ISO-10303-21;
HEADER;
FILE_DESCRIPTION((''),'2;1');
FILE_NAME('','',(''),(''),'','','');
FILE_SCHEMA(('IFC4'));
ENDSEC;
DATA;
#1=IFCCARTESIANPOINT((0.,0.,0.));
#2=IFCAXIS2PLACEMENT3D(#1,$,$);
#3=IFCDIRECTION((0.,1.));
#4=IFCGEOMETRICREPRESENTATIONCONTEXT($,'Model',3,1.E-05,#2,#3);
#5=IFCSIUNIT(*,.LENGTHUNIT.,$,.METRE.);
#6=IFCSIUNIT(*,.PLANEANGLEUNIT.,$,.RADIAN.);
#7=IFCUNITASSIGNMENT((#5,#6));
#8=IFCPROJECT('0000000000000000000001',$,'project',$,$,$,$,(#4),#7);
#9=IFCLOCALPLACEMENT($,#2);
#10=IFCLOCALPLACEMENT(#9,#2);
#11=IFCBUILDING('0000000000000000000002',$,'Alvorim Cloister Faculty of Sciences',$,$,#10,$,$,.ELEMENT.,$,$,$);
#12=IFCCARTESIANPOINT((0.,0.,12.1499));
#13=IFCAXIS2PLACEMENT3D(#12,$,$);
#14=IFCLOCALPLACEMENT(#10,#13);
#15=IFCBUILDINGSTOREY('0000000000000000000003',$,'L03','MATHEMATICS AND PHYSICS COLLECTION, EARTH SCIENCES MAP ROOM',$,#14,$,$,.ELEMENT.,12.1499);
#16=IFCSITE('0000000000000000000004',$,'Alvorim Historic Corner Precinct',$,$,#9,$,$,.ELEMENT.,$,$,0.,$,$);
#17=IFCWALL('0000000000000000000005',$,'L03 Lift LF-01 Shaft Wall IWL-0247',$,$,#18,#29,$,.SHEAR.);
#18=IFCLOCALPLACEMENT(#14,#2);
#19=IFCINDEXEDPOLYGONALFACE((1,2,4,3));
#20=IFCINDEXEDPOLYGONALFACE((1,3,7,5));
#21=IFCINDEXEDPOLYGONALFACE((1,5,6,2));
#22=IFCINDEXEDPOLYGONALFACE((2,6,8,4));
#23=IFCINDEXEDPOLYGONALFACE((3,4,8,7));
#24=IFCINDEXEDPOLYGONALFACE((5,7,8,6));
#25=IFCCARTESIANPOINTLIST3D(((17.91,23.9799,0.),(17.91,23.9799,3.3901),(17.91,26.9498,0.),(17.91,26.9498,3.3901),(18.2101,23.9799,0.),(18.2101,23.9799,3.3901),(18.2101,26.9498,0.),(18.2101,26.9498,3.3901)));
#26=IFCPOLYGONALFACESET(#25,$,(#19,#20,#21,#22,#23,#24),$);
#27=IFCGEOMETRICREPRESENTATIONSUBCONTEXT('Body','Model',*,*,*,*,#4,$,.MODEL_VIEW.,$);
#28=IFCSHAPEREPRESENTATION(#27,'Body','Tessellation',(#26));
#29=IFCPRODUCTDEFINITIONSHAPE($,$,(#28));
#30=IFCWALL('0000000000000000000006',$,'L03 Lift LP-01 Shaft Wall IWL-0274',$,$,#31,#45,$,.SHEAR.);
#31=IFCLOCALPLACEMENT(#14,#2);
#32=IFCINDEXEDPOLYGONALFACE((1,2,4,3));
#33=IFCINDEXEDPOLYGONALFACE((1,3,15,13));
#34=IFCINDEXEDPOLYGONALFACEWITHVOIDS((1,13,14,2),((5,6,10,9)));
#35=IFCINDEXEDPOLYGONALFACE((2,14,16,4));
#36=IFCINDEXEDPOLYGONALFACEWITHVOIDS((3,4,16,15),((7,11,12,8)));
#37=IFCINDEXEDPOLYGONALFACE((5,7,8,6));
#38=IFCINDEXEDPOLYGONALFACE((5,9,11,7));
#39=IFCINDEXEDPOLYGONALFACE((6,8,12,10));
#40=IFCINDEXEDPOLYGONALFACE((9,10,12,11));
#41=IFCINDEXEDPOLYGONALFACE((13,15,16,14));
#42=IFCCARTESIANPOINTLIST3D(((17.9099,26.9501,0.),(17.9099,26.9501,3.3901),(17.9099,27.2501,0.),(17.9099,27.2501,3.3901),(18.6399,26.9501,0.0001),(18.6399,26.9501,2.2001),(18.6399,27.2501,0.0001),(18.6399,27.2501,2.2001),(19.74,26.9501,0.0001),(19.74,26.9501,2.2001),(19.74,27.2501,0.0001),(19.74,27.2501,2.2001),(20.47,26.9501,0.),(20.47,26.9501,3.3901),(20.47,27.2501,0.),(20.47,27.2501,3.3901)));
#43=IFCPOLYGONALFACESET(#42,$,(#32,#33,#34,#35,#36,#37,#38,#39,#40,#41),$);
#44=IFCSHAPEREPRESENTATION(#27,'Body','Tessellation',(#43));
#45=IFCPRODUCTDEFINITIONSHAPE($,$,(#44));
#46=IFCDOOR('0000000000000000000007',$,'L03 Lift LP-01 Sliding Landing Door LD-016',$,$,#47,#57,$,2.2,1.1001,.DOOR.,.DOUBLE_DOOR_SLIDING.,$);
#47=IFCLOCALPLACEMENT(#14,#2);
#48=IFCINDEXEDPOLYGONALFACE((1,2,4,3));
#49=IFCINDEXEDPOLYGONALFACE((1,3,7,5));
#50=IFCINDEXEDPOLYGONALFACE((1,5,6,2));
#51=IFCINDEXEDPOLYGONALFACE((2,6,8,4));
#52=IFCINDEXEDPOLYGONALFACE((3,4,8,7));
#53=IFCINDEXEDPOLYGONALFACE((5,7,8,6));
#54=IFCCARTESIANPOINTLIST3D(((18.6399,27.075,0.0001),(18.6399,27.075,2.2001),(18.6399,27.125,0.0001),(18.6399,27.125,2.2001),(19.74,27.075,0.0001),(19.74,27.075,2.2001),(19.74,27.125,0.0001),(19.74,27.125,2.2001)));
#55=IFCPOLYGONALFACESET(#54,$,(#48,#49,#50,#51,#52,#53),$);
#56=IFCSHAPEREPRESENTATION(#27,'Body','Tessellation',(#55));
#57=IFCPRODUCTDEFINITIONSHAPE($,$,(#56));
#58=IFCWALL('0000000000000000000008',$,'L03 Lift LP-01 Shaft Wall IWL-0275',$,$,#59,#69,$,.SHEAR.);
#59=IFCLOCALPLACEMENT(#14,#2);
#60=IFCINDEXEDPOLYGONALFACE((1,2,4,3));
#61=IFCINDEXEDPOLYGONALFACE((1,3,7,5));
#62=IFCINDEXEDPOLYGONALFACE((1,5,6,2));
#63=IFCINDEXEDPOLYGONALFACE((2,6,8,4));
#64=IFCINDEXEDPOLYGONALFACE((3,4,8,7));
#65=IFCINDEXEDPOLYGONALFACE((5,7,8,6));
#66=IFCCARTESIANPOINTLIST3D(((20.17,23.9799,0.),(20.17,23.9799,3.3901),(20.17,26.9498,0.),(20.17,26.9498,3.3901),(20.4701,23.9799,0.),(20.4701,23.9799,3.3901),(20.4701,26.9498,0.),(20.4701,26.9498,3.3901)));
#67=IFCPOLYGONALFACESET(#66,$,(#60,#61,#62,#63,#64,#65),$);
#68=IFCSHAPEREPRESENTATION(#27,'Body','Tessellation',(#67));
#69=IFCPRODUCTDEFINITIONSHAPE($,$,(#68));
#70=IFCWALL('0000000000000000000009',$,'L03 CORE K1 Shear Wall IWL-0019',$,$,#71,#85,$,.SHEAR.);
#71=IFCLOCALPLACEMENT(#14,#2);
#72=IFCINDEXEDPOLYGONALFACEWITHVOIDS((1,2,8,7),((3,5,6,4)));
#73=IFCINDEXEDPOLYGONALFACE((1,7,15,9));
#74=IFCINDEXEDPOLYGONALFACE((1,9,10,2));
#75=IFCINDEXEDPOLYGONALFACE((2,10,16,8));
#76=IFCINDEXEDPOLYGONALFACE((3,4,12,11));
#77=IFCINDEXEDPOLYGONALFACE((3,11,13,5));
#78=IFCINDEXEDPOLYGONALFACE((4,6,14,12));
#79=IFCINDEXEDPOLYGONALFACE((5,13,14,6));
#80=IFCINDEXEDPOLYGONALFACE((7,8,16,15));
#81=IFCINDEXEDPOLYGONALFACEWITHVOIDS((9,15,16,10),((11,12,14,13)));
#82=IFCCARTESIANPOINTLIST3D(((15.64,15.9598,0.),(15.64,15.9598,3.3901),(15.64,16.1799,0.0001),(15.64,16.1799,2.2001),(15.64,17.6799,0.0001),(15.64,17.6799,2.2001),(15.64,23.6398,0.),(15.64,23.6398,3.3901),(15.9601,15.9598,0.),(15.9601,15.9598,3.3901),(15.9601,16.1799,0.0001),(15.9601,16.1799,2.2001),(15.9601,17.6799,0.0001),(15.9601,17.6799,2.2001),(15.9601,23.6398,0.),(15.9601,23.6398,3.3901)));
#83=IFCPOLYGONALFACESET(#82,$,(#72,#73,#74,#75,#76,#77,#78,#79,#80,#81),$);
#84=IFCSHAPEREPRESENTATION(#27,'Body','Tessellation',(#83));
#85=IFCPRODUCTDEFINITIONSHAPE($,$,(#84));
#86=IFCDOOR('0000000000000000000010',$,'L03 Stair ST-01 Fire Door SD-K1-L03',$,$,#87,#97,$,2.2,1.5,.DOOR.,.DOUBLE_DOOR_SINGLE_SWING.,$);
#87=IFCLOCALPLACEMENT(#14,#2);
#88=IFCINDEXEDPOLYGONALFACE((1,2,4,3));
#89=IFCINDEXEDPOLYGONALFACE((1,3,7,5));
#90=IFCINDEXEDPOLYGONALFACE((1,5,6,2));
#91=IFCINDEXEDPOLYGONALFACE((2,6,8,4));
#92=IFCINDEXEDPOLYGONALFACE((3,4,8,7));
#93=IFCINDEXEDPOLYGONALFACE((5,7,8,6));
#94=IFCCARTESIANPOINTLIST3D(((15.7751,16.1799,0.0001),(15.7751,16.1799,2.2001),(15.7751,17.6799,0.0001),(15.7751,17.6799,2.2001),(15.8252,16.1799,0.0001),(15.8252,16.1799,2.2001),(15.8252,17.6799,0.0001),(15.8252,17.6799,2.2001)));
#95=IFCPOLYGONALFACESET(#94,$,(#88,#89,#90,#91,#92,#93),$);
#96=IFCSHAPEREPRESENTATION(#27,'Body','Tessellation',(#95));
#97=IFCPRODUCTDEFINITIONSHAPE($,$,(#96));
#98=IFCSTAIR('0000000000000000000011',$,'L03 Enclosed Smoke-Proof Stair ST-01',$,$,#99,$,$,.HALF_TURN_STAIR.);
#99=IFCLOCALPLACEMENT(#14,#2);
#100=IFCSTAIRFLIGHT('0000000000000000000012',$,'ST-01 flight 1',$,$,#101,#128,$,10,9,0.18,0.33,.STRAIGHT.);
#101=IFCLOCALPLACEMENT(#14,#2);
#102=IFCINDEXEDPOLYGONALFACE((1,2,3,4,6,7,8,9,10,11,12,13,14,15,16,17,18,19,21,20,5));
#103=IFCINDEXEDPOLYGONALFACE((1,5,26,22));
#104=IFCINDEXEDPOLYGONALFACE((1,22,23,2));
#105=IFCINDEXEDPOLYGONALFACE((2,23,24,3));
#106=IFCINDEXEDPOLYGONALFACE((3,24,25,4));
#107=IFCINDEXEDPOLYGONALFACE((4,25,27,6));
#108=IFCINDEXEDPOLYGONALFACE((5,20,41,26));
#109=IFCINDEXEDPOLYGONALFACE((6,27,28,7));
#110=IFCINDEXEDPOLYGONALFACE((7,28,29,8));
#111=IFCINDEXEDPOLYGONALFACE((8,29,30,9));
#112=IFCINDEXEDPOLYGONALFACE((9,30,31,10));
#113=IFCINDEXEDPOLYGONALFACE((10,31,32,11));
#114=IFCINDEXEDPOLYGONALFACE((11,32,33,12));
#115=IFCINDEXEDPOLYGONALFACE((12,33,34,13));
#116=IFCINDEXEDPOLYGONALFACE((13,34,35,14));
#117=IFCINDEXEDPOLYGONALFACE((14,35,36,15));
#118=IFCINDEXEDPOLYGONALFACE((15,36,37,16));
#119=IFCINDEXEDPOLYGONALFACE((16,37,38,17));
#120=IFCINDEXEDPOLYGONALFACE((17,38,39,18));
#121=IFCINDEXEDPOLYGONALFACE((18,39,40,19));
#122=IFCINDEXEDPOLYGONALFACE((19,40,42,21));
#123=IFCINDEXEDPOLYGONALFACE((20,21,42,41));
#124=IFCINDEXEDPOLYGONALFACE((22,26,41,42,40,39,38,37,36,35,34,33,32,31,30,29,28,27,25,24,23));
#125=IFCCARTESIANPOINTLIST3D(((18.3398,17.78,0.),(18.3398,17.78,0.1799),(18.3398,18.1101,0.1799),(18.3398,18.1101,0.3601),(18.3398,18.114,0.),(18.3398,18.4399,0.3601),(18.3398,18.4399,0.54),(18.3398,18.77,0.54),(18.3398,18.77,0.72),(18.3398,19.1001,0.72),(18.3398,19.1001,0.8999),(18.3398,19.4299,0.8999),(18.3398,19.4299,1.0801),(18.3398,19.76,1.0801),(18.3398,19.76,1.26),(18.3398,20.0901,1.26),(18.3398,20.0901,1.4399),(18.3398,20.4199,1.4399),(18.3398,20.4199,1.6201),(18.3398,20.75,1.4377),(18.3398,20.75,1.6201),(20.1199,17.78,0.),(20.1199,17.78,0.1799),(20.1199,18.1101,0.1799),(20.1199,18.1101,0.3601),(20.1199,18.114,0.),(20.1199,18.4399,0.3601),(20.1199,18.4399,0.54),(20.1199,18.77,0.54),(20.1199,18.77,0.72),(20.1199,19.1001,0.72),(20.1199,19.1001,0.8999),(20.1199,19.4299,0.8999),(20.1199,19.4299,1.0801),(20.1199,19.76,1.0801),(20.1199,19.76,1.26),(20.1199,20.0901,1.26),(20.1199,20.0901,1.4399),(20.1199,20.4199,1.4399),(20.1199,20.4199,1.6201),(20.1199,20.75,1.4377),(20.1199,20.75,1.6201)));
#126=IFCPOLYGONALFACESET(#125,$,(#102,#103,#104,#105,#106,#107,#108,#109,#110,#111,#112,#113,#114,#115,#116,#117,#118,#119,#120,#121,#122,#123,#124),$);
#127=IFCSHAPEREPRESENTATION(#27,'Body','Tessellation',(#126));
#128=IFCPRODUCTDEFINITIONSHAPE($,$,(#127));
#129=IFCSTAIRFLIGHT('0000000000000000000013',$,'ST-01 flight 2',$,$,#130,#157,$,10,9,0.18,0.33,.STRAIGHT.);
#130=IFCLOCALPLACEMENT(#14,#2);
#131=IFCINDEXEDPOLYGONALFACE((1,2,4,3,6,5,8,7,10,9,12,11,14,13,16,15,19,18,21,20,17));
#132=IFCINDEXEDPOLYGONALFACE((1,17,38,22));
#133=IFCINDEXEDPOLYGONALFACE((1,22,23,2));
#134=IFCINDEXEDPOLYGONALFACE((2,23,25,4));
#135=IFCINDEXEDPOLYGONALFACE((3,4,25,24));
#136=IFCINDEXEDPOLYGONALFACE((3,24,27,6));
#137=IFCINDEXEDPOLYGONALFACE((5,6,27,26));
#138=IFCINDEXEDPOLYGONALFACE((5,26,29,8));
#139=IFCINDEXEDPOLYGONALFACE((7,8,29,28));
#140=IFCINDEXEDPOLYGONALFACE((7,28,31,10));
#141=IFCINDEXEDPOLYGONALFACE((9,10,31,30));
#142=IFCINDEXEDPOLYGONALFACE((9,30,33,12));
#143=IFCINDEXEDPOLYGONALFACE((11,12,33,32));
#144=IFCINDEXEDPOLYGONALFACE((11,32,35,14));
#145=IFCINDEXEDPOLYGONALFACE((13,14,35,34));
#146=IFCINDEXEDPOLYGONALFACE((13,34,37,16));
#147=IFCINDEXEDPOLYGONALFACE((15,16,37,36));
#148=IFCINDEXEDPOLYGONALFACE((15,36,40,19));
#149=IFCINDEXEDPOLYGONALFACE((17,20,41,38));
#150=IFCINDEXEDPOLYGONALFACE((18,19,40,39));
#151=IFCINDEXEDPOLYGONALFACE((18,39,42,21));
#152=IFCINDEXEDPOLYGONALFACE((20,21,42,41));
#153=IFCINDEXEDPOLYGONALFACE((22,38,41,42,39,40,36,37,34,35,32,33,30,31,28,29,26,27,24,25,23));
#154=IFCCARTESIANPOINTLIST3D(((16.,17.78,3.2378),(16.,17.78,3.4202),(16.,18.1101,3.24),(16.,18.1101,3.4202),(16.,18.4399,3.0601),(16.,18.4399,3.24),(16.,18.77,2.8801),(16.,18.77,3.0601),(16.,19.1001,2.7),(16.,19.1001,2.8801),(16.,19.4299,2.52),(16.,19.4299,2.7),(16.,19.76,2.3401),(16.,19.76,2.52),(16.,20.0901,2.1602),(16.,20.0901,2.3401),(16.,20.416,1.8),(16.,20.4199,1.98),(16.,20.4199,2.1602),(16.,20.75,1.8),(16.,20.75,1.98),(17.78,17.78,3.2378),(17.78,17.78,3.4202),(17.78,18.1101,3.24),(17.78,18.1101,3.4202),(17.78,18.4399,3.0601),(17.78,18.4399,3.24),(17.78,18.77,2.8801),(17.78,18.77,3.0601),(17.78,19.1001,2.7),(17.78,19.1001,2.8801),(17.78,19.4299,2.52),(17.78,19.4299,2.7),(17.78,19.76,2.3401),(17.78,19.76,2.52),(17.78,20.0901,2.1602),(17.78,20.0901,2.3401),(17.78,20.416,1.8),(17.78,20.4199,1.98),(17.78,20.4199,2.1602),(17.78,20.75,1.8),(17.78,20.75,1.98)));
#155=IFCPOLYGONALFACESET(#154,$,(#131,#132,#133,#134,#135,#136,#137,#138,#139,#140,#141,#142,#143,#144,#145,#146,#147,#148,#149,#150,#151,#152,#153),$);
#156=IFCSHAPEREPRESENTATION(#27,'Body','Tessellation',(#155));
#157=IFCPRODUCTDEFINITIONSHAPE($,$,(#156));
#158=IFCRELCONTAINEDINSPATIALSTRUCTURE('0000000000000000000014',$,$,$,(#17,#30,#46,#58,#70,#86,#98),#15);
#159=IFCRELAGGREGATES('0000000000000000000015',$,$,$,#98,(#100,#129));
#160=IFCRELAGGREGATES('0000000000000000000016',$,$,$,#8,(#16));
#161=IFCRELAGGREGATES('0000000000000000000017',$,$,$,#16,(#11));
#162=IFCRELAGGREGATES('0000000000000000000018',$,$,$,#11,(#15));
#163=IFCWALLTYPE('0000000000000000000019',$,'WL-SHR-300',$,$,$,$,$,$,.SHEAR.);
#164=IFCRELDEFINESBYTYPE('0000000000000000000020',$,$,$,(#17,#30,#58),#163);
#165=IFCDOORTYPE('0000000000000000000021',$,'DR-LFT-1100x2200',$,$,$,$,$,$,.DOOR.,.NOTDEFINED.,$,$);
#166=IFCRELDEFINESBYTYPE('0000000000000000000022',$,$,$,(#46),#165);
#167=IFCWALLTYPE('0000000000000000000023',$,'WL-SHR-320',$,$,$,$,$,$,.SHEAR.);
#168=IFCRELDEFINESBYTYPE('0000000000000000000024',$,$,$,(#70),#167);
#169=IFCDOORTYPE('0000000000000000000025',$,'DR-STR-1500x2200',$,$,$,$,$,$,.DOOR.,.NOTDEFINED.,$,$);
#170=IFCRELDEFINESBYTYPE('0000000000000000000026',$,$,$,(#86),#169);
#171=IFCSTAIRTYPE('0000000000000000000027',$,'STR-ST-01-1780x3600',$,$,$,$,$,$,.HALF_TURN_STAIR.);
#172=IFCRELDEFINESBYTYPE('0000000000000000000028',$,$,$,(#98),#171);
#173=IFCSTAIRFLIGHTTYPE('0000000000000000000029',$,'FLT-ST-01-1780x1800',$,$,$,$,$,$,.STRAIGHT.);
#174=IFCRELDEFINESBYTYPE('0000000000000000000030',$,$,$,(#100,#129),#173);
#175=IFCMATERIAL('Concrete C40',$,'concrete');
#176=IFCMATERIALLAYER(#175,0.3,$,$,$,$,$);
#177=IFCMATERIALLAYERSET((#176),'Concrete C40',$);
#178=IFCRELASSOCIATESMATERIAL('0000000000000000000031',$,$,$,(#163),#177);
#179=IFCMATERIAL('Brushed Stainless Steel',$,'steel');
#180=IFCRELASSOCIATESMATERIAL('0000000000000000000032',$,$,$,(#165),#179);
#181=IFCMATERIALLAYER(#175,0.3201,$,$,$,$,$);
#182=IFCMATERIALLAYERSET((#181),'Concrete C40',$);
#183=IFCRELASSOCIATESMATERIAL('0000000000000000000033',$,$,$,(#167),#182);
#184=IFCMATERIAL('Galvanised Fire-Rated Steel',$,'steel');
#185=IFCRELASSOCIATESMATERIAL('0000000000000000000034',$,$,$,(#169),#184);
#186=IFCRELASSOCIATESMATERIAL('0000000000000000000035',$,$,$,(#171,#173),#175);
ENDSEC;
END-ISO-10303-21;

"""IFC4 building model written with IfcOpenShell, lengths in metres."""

from ifc_helpers import new_model, si_unit, direction, frame, frame_2d, origin, place, context, subcontext, project, spatial, polyline, rectangle, outline, extrude, material, layer, layer_set, type_object, element, fill, aggregate, save


model = new_model("IFC4")

# Units and contexts
model_context = context("Model", 3, precision=1e-05, world=origin(), true_north=direction((0.0, 1.0)))
body_context = subcontext(model_context, "Body", "Model", "MODEL_VIEW")
ifc_project = project(units=[si_unit("LENGTHUNIT", "METRE"), si_unit("PLANEANGLEUNIT", "RADIAN")], contexts=[model_context])

# Site, building, storey
site_placement = place(None, origin())
site = spatial("IfcSite", under=ifc_project, at=site_placement, Name="Alvorim Historic Corner Precinct", CompositionType="ELEMENT", RefElevation=0.0)
building_placement = place(site_placement, origin())
building = spatial("IfcBuilding", under=site, at=building_placement, Name="Alvorim Cloister Faculty of Sciences", CompositionType="ELEMENT")
storey_placement = place(building_placement, frame((0.0, 0.0, 12.1499)))
storey = spatial("IfcBuildingStorey", under=building, at=storey_placement, Name="L03", Description="MATHEMATICS AND PHYSICS COLLECTION, EARTH SCIENCES MAP ROOM", CompositionType="ELEMENT", Elevation=12.1499)

# Shared definitions
ifc_material_1 = material(Name="Concrete C40", Category="concrete")
ifc_layer_1 = layer(ifc_material_1, 0.3)
ifc_layer_set_1 = layer_set([ifc_layer_1], Name="Concrete C40")
wall_type_1 = type_object("IfcWallType", Name="WL-SHR-300", PredefinedType="SHEAR", material=ifc_layer_set_1)
ifc_material_2 = material(Name="Brushed Stainless Steel", Category="steel")

# Wall
wall_1_placement = place(storey_placement, frame((18.0601, 23.98, 0.0), z_axis=(0.0, 0.0, 1.0), x_axis=(0.0, 1.0, 0.0)))
element("IfcWall", 1, at=wall_1_placement, inside=storey, type_object=wall_type_1, Name="L03 Lift LF-01 Shaft Wall IWL-0247", PredefinedType="SHEAR", context=body_context, shape_type="SweptSolid", body=[
    extrude(rectangle(XDim=2.97, YDim=0.3, at=frame_2d((1.4849, 0.0))), origin(), (0.0, 0.0, 1.0), 3.3901),
])

# Wall, opening, door
wall_2_placement = place(storey_placement, frame((17.9099, 27.1001, 0.0), z_axis=(0.0, 0.0, 1.0), x_axis=(1.0, 0.0, 0.0)))
wall_2 = element("IfcWall", 2, at=wall_2_placement, inside=storey, type_object=wall_type_1, Name="L03 Lift LP-01 Shaft Wall IWL-0274", PredefinedType="SHEAR", context=body_context, shape_type="SweptSolid", body=[
    extrude(rectangle(XDim=2.5601, YDim=0.3, at=frame_2d((1.28, 0.0))), origin(), (0.0, 0.0, 1.0), 3.3901),
])
opening_1_placement = place(wall_2_placement, frame((0.73, 0.0, 0.0)))
opening_1 = element("IfcOpeningElement", 3, at=opening_1_placement, cuts=wall_2, PredefinedType="OPENING", context=body_context, shape_type="SweptSolid", body=[
    extrude(rectangle(XDim=1.1001, YDim=2.2, at=frame_2d((0.55, 1.1001))), frame((0.0, 0.1621, 0.0), z_axis=(0.0, -1.0, 0.0), x_axis=(1.0, 0.0, 0.0)), (0.0, 0.0, 1.0), 0.324),
])
door_type_1 = type_object("IfcDoorType", Name="DR-LFT-1100x2200", OperationType="NOTDEFINED", PredefinedType="DOOR", material=ifc_material_2)
door_1_placement = place(opening_1_placement, origin())
door_1 = element("IfcDoor", 4, at=door_1_placement, inside=storey, type_object=door_type_1, Name="L03 Lift LP-01 Sliding Landing Door LD-016", OperationType="DOUBLE_DOOR_SLIDING", OverallHeight=2.2, OverallWidth=1.1001, PredefinedType="DOOR", context=body_context, shape_type="SweptSolid", body=[
    extrude(rectangle(XDim=1.1001, YDim=2.2, at=frame_2d((0.55, 1.1001))), frame((0.0, 0.0249, 0.0), z_axis=(0.0, -1.0, 0.0), x_axis=(1.0, 0.0, 0.0)), (0.0, 0.0, 1.0), 0.05),
])
fill(opening_1, door_1)

# Wall
wall_3_placement = place(storey_placement, frame((20.3201, 23.98, 0.0), z_axis=(0.0, 0.0, 1.0), x_axis=(0.0, 1.0, 0.0)))
element("IfcWall", 5, at=wall_3_placement, inside=storey, type_object=wall_type_1, Name="L03 Lift LP-01 Shaft Wall IWL-0275", PredefinedType="SHEAR", context=body_context, shape_type="SweptSolid", body=[
    extrude(rectangle(XDim=2.97, YDim=0.3, at=frame_2d((1.4849, 0.0))), origin(), (0.0, 0.0, 1.0), 3.3901),
])

# Wall, opening, door
ifc_layer_2 = layer(ifc_material_1, 0.3201)
ifc_layer_set_2 = layer_set([ifc_layer_2], Name="Concrete C40")
wall_type_2 = type_object("IfcWallType", Name="WL-SHR-320", PredefinedType="SHEAR", material=ifc_layer_set_2)
wall_4_placement = place(storey_placement, frame((15.8, 15.96, 0.0), z_axis=(0.0, 0.0, 1.0), x_axis=(0.0, 1.0, 0.0)))
wall_4 = element("IfcWall", 6, at=wall_4_placement, inside=storey, type_object=wall_type_2, Name="L03 CORE K1 Shear Wall IWL-0019", PredefinedType="SHEAR", context=body_context, shape_type="SweptSolid", body=[
    extrude(rectangle(XDim=7.6799, YDim=0.3201, at=frame_2d((3.8398, 0.0))), origin(), (0.0, 0.0, 1.0), 3.3901),
])
opening_2_placement = place(wall_4_placement, frame((0.22, 0.0, 0.0)))
opening_2 = element("IfcOpeningElement", 7, at=opening_2_placement, cuts=wall_4, PredefinedType="OPENING", context=body_context, shape_type="SweptSolid", body=[
    extrude(rectangle(XDim=1.5, YDim=2.2, at=frame_2d((0.75, 1.1001))), frame((0.0, 0.1719, 0.0), z_axis=(0.0, -1.0, 0.0), x_axis=(1.0, 0.0, 0.0)), (0.0, 0.0, 1.0), 0.344),
])
ifc_material_3 = material(Name="Galvanised Fire-Rated Steel", Category="steel")
door_type_2 = type_object("IfcDoorType", Name="DR-STR-1500x2200", OperationType="NOTDEFINED", PredefinedType="DOOR", material=ifc_material_3)
door_2_placement = place(opening_2_placement, origin())
door_2 = element("IfcDoor", 8, at=door_2_placement, inside=storey, type_object=door_type_2, Name="L03 Stair ST-01 Fire Door SD-K1-L03", OperationType="DOUBLE_DOOR_SINGLE_SWING", OverallHeight=2.2, OverallWidth=1.5, PredefinedType="DOOR", context=body_context, shape_type="SweptSolid", body=[
    extrude(rectangle(XDim=1.5, YDim=2.2, at=frame_2d((0.75, 1.1001))), frame((0.0, 0.0249, 0.0), z_axis=(0.0, -1.0, 0.0), x_axis=(1.0, 0.0, 0.0)), (0.0, 0.0, 1.0), 0.05),
])
fill(opening_2, door_2)

# Stair, stair flights
stair_type = type_object("IfcStairType", Name="STR-ST-01-1780x3600", PredefinedType="HALF_TURN_STAIR", material=ifc_material_1)
stair_placement = place(storey_placement, origin())
stair = element("IfcStair", 9, at=stair_placement, inside=storey, type_object=stair_type, Name="L03 Enclosed Smoke-Proof Stair ST-01", PredefinedType="HALF_TURN_STAIR")
stair_flight_type = type_object("IfcStairFlightType", Name="FLT-ST-01-1780x1800", PredefinedType="STRAIGHT", material=ifc_material_1)
stair_flight_1_placement = place(storey_placement, frame((19.23, 17.78, 0.0), z_axis=(0.0, 0.0, 1.0), x_axis=(0.0, 1.0, 0.0)))
stair_flight_1 = element("IfcStairFlight", 10, at=stair_flight_1_placement, type_object=stair_flight_type, Name="ST-01 flight 1", NumberOfRisers=10, NumberOfTreads=9, PredefinedType="STRAIGHT", RiserHeight=0.18, TreadLength=0.33, context=body_context, shape_type="SweptSolid", body=[
    extrude(outline(polyline([(0.334, 0.0), (2.97, 1.4377), (2.97, 1.8), (2.97, 1.6201), (2.6399, 1.6201), (2.6399, 1.4399), (2.3101, 1.4399), (2.3101, 1.26), (1.98, 1.26), (1.98, 1.0801), (1.6499, 1.0801), (1.6499, 0.8999), (1.3201, 0.8999), (1.3201, 0.72), (0.99, 0.72), (0.99, 0.54), (0.6599, 0.54), (0.6599, 0.3601), (0.3301, 0.3601), (0.3301, 0.1799), (0.0, 0.1799), (0.0, 0.0), (0.334, 0.0)])), frame((0.0, 0.8901, 0.0), z_axis=(0.0, -1.0, 0.0), x_axis=(1.0, 0.0, 0.0)), (0.0, 0.0, 1.0), 1.78),
])
stair_flight_2_placement = place(storey_placement, frame((16.8899, 20.75, 1.8), z_axis=(0.0, 0.0, 1.0), x_axis=(0.0, -1.0, 0.0)))
stair_flight_2 = element("IfcStairFlight", 11, at=stair_flight_2_placement, type_object=stair_flight_type, Name="ST-01 flight 2", NumberOfRisers=10, NumberOfTreads=9, PredefinedType="STRAIGHT", RiserHeight=0.18, TreadLength=0.33, context=body_context, shape_type="SweptSolid", body=[
    extrude(outline(polyline([(0.334, 0.0), (2.97, 1.4377), (2.97, 1.8), (2.97, 1.6201), (2.6399, 1.6201), (2.6399, 1.4399), (2.3101, 1.4399), (2.3101, 1.26), (1.98, 1.26), (1.98, 1.0801), (1.6499, 1.0801), (1.6499, 0.8999), (1.3201, 0.8999), (1.3201, 0.72), (0.99, 0.72), (0.99, 0.54), (0.6599, 0.54), (0.6599, 0.3601), (0.3301, 0.3601), (0.3301, 0.1799), (0.0, 0.1799), (0.0, 0.0), (0.334, 0.0)])), frame((0.0, 0.8901, 0.0), z_axis=(0.0, -1.0, 0.0), x_axis=(1.0, 0.0, 0.0)), (0.0, 0.0, 1.0), 1.78),
])
aggregate(stair, [stair_flight_1, stair_flight_2])

save(model, "model.ifc")
